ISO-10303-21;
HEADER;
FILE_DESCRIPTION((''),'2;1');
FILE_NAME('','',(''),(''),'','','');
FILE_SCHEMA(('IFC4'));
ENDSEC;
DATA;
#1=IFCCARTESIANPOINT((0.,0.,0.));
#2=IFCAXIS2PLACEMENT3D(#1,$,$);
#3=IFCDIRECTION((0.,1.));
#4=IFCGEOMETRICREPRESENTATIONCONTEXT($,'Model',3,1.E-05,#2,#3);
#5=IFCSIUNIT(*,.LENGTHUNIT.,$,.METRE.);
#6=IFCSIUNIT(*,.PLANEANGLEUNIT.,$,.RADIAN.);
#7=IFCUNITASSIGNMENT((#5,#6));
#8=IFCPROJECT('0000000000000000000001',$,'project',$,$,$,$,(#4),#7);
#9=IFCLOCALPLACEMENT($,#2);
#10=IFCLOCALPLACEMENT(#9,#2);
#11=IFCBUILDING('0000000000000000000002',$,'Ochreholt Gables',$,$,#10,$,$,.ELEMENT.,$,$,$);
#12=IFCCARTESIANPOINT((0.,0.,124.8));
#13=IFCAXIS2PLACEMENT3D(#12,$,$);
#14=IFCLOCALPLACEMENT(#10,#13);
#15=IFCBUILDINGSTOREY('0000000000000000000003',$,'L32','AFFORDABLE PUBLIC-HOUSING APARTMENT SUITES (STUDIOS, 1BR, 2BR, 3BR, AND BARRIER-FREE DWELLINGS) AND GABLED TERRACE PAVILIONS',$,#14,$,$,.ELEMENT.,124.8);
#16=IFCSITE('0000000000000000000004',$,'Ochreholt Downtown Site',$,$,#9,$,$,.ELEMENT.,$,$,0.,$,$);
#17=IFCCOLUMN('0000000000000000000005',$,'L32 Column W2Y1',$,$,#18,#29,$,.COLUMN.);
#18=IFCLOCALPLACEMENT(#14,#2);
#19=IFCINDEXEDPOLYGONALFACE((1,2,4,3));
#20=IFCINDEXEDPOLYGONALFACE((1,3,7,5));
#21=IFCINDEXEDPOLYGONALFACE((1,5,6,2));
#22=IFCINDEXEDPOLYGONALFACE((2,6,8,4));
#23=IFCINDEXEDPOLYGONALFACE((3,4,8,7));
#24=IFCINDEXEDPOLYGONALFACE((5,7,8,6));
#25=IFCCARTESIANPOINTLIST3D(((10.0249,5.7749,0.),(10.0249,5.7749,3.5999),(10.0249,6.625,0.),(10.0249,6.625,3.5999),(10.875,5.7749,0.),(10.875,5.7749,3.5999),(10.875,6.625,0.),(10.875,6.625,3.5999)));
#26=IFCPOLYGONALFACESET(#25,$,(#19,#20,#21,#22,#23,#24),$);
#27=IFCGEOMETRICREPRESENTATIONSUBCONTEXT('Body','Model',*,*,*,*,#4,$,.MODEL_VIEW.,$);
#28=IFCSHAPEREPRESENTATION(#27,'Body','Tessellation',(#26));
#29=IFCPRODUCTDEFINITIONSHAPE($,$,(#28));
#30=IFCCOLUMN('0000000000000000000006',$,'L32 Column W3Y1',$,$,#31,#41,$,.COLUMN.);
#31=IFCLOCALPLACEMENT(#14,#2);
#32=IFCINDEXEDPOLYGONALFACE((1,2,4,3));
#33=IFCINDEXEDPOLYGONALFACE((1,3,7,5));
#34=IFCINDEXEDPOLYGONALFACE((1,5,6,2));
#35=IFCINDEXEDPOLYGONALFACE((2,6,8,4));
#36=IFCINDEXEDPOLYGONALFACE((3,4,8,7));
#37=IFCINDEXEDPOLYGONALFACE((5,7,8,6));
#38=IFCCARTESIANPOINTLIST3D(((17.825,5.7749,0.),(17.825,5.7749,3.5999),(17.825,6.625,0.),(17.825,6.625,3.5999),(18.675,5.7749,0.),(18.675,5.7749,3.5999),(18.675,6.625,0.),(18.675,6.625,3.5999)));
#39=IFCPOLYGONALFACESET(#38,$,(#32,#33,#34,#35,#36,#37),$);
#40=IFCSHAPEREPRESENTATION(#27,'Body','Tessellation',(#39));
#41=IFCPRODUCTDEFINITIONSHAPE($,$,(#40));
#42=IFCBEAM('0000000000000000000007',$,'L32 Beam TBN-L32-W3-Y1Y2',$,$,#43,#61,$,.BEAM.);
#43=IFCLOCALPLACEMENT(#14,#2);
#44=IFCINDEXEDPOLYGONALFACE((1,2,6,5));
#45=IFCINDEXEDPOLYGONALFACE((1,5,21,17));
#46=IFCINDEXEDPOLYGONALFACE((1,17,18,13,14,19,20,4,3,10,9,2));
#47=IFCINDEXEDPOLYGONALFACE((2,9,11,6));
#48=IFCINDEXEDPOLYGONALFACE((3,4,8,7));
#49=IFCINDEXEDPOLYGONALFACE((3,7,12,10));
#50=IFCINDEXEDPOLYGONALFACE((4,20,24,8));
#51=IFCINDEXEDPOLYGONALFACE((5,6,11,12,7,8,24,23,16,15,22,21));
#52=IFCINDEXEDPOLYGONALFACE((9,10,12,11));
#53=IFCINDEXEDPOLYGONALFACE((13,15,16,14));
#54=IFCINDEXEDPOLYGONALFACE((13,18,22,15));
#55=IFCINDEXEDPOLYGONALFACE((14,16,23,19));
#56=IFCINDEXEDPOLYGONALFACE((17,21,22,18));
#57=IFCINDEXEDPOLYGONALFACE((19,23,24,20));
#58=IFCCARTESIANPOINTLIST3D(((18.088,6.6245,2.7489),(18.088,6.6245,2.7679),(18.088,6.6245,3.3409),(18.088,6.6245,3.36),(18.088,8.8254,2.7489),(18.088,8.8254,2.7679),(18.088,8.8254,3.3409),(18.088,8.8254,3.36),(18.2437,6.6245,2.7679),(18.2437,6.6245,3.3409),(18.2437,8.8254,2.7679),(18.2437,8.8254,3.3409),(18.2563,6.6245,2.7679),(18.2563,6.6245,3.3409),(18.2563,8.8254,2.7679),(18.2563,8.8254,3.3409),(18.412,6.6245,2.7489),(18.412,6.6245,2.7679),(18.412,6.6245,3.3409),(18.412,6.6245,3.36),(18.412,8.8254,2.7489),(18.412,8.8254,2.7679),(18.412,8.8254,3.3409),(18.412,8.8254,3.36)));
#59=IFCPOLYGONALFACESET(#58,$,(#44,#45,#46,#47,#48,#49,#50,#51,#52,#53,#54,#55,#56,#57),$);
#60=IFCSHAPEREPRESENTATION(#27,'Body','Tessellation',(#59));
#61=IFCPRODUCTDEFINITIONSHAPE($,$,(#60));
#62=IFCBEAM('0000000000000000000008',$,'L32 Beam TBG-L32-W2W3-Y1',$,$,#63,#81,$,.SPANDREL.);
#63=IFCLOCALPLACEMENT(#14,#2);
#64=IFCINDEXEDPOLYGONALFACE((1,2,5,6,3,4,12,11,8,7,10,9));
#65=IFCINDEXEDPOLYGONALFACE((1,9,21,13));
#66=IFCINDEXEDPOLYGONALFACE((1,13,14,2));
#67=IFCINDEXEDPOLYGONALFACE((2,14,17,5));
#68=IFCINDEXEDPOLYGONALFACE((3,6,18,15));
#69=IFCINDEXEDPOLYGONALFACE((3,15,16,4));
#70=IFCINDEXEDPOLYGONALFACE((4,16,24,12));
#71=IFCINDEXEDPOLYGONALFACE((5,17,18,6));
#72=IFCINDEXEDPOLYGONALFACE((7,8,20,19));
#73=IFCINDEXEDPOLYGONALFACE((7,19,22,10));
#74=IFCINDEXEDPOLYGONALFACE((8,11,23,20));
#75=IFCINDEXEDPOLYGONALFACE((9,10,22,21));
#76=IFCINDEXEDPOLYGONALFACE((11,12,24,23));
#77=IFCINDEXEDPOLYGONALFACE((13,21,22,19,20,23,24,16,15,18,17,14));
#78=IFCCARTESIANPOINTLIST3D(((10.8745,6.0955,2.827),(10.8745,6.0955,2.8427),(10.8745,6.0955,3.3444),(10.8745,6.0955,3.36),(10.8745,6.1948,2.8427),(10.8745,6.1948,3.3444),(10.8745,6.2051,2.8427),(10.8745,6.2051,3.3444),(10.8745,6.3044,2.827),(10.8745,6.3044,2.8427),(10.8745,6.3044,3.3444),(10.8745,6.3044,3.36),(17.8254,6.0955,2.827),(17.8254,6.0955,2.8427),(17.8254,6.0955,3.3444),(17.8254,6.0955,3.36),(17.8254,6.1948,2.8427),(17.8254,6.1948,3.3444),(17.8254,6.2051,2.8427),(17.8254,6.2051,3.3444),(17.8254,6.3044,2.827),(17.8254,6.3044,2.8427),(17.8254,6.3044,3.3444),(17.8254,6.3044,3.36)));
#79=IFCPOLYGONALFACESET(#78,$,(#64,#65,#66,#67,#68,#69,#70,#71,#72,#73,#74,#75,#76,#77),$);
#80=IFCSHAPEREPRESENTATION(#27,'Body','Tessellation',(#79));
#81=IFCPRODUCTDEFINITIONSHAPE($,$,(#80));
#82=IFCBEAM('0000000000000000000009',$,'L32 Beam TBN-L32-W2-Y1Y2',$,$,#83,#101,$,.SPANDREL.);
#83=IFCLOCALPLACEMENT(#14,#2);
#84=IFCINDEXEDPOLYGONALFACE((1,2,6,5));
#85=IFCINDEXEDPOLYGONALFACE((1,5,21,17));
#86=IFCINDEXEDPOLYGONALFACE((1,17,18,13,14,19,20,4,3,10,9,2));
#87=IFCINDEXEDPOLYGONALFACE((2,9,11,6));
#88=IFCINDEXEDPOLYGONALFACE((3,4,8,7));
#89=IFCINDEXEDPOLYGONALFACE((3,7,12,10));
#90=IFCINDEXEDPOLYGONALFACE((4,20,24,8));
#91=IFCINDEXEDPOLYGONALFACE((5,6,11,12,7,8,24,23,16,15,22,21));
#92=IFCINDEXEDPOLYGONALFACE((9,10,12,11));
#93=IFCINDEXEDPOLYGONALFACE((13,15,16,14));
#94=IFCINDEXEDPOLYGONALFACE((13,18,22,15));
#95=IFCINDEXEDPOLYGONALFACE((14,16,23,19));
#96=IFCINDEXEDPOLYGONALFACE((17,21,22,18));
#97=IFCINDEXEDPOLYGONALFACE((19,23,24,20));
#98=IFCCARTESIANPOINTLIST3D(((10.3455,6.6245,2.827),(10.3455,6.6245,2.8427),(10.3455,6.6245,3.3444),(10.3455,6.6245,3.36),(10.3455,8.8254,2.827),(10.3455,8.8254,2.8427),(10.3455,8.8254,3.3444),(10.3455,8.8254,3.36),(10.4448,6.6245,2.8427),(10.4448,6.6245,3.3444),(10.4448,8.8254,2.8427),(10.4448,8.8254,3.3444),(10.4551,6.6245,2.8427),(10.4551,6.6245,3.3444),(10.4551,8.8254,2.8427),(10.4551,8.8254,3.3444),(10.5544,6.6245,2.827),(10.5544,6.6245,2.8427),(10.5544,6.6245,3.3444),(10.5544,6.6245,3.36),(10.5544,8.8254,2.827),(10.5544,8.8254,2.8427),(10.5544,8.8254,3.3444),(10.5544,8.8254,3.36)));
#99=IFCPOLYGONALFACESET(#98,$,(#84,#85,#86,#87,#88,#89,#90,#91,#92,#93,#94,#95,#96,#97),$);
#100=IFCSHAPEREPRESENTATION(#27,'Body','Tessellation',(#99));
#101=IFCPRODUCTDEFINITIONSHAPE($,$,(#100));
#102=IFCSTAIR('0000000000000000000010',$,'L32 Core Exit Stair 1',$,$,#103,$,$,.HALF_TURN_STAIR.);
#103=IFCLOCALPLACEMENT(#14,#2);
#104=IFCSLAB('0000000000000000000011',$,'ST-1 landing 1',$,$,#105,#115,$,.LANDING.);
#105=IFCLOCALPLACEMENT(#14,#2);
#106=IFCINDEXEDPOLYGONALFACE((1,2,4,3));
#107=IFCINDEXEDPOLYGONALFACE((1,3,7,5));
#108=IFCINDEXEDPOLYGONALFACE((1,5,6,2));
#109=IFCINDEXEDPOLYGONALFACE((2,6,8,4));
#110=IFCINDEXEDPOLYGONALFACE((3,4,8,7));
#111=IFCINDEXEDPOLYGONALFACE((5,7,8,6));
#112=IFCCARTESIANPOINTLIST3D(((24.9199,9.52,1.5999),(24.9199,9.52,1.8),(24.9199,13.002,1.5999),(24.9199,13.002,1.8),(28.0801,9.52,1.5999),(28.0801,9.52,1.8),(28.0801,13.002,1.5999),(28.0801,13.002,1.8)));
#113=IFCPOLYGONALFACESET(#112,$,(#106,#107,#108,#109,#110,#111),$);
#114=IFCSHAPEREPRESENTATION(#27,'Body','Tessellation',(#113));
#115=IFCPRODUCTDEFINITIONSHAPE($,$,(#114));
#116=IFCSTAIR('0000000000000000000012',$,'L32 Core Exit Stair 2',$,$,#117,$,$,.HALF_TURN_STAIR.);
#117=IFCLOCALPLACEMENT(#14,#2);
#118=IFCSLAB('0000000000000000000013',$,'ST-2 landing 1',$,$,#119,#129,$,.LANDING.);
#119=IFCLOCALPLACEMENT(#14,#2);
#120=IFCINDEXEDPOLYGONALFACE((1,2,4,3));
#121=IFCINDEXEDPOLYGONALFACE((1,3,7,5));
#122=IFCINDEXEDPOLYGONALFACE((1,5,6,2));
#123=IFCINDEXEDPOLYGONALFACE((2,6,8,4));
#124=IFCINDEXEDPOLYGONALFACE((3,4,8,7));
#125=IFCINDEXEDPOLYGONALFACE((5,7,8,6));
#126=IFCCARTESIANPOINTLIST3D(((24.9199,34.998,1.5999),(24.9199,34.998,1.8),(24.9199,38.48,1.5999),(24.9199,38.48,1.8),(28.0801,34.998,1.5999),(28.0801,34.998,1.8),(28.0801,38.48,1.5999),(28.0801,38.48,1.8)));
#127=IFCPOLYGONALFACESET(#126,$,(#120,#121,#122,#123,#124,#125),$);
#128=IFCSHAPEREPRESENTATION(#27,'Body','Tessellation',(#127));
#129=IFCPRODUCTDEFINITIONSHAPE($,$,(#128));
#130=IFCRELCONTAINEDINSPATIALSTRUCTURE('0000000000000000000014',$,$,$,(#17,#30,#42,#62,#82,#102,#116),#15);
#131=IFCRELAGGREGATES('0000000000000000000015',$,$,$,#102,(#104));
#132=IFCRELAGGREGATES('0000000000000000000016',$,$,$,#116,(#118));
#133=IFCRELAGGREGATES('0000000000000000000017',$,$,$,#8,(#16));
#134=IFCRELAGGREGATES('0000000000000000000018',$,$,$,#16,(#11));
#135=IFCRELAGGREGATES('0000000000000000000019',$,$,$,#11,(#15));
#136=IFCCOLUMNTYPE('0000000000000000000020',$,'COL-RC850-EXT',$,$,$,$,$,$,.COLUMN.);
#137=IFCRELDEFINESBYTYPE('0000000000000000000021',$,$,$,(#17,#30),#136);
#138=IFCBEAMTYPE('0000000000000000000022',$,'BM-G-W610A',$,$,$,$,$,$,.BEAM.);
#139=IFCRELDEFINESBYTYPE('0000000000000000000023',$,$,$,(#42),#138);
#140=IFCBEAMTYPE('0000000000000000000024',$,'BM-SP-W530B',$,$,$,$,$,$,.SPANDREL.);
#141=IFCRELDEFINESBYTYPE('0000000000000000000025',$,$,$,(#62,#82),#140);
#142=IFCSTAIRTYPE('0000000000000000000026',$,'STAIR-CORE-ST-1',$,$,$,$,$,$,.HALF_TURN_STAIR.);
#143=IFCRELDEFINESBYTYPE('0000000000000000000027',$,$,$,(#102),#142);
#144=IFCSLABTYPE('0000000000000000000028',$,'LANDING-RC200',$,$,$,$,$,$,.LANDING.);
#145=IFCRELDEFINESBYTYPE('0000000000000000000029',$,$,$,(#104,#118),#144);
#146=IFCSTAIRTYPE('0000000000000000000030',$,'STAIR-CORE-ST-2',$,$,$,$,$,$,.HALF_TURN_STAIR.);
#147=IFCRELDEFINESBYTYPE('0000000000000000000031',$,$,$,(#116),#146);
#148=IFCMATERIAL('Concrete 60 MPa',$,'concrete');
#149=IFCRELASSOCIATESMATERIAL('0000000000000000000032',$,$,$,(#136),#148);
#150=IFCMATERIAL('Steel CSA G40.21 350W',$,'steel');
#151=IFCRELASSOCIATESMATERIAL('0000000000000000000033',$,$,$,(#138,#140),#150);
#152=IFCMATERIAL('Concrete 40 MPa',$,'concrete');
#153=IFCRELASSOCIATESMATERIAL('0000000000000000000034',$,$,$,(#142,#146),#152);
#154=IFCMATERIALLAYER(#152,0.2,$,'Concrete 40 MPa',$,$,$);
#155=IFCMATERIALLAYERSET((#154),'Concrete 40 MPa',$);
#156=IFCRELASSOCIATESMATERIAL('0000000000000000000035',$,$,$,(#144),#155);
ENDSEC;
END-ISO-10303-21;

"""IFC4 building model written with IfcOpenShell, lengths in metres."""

from ifc_helpers import new_model, si_unit, direction, frame, origin, origin_2d, place, context, subcontext, project, spatial, polyline, rectangle, i_section, outline, extrude, material, layer, layer_set, material_profile, profile_set, type_object, element, aggregate, save


model = new_model("IFC4")

# Units and contexts
model_context = context("Model", 3, precision=1e-05, world=origin(), true_north=direction((0.0, 1.0)))
body_context = subcontext(model_context, "Body", "Model", "MODEL_VIEW")
ifc_project = project(units=[si_unit("LENGTHUNIT", "METRE"), si_unit("PLANEANGLEUNIT", "RADIAN")], contexts=[model_context])

# Site, building, storey
site_placement = place(None, origin())
site = spatial("IfcSite", under=ifc_project, at=site_placement, Name="Ochreholt Downtown Site", CompositionType="ELEMENT", RefElevation=0.0)
building_placement = place(site_placement, origin())
building = spatial("IfcBuilding", under=site, at=building_placement, Name="Ochreholt Gables", CompositionType="ELEMENT")
storey_placement = place(building_placement, frame((0.0, 0.0, 124.8)))
storey = spatial("IfcBuildingStorey", under=building, at=storey_placement, Name="L32", Description="AFFORDABLE PUBLIC-HOUSING APARTMENT SUITES (STUDIOS, 1BR, 2BR, 3BR, AND BARRIER-FREE DWELLINGS) AND GABLED TERRACE PAVILIONS", CompositionType="ELEMENT", Elevation=124.8)

# Columns
ifc_material_1 = material(Name="Concrete 60 MPa", Category="concrete")
ifc_material_profile_1 = material_profile(ifc_material_1, rectangle(XDim=0.8501, YDim=0.8501, at=origin_2d()), Name="RC850X850")
ifc_profile_set_1 = profile_set([ifc_material_profile_1], Name="Concrete 60 MPa")
column_type = type_object("IfcColumnType", Name="COL-RC850-EXT", PredefinedType="COLUMN", material=ifc_profile_set_1)
for number, where, z_axis, x_axis, name in (
    (1, (10.45, 6.2, 0.0), (0.0, 0.0, 1.0), (1.0, 0.0, 0.0), "L32 Column W2Y1"),
    (2, (18.25, 6.2, 0.0), (0.0, 0.0, 1.0), (1.0, 0.0, 0.0), "L32 Column W3Y1"),
):
    element("IfcColumn", number, at=place(storey_placement, frame(where, z_axis=z_axis, x_axis=x_axis)), inside=storey, type_object=column_type, Name=name, PredefinedType="COLUMN", context=body_context, shape_type="SweptSolid", body=[
        extrude(rectangle(XDim=0.8501, YDim=0.8501, at=origin_2d()), origin(), (0.0, 0.0, 1.0), 3.5999),
    ])

# Beams
ifc_material_2 = material(Name="Steel CSA G40.21 350W", Category="steel")
ifc_material_profile_2 = material_profile(ifc_material_2, i_section(OverallWidth=0.324, OverallDepth=0.6111, WebThickness=0.0127, FlangeThickness=0.019, at=origin_2d()), Name="W610X155")
ifc_profile_set_2 = profile_set([ifc_material_profile_2], Name="Steel CSA G40.21 350W")
beam_type_1 = type_object("IfcBeamType", Name="BM-G-W610A", PredefinedType="BEAM", material=ifc_profile_set_2)
beam_1_placement = place(storey_placement, frame((18.25, 6.6245, 3.0544), z_axis=(0.0, 1.0, 0.0), x_axis=(-1.0, 0.0, 0.0)))
element("IfcBeam", 3, at=beam_1_placement, inside=storey, type_object=beam_type_1, Name="L32 Beam TBN-L32-W3-Y1Y2", PredefinedType="BEAM", context=body_context, shape_type="SweptSolid", body=[
    extrude(i_section(OverallWidth=0.324, OverallDepth=0.6111, WebThickness=0.0127, FlangeThickness=0.019, at=origin_2d()), origin(), (0.0, 0.0, 1.0), 2.2009),
])
ifc_material_profile_3 = material_profile(ifc_material_2, i_section(OverallWidth=0.209, OverallDepth=0.533, WebThickness=0.0103, FlangeThickness=0.0156, at=origin_2d()), Name="W530X92")
ifc_profile_set_3 = profile_set([ifc_material_profile_3], Name="Steel CSA G40.21 350W")
beam_type_2 = type_object("IfcBeamType", Name="BM-SP-W530B", PredefinedType="SPANDREL", material=ifc_profile_set_3)
beam_2_placement = place(storey_placement, frame((10.8745, 6.2, 3.0935), z_axis=(1.0, 0.0, 0.0), x_axis=(0.0, 1.0, 0.0)))
element("IfcBeam", 4, at=beam_2_placement, inside=storey, type_object=beam_type_2, Name="L32 Beam TBG-L32-W2W3-Y1", PredefinedType="SPANDREL", context=body_context, shape_type="SweptSolid", body=[
    extrude(i_section(OverallWidth=0.209, OverallDepth=0.533, WebThickness=0.0103, FlangeThickness=0.0156, at=origin_2d()), origin(), (0.0, 0.0, 1.0), 6.9509),
])
beam_3_placement = place(storey_placement, frame((10.45, 6.6245, 3.0935), z_axis=(0.0, 1.0, 0.0), x_axis=(-1.0, 0.0, 0.0)))
element("IfcBeam", 5, at=beam_3_placement, inside=storey, type_object=beam_type_2, Name="L32 Beam TBN-L32-W2-Y1Y2", PredefinedType="SPANDREL", context=body_context, shape_type="SweptSolid", body=[
    extrude(i_section(OverallWidth=0.209, OverallDepth=0.533, WebThickness=0.0103, FlangeThickness=0.0156, at=origin_2d()), origin(), (0.0, 0.0, 1.0), 2.2009),
])

# Stairs, slabs
ifc_material_3 = material(Name="Concrete 40 MPa", Category="concrete")
stair_type_1 = type_object("IfcStairType", Name="STAIR-CORE-ST-1", PredefinedType="HALF_TURN_STAIR", material=ifc_material_3)
stair_1_placement = place(storey_placement, origin())
stair_1 = element("IfcStair", 6, at=stair_1_placement, inside=storey, type_object=stair_type_1, Name="L32 Core Exit Stair 1", PredefinedType="HALF_TURN_STAIR")
ifc_layer_1 = layer(ifc_material_3, 0.2, Name="Concrete 40 MPa")
ifc_layer_set_1 = layer_set([ifc_layer_1], Name="Concrete 40 MPa")
slab_type_1 = type_object("IfcSlabType", Name="LANDING-RC200", PredefinedType="LANDING", material=ifc_layer_set_1)
slab_1_placement = place(storey_placement, frame((0.0, 0.0, 1.5999)))
slab_1 = element("IfcSlab", 7, at=slab_1_placement, type_object=slab_type_1, Name="ST-1 landing 1", PredefinedType="LANDING", context=body_context, shape_type="SweptSolid", body=[
    extrude(outline(polyline([(24.9199, 13.002), (24.9199, 9.52), (28.0801, 9.52), (28.0801, 13.002), (24.9199, 13.002)])), origin(), (0.0, 0.0, 1.0), 0.2002),
])
aggregate(stair_1, [slab_1])
stair_type_2 = type_object("IfcStairType", Name="STAIR-CORE-ST-2", PredefinedType="HALF_TURN_STAIR", material=ifc_material_3)
stair_2_placement = place(storey_placement, origin())
stair_2 = element("IfcStair", 8, at=stair_2_placement, inside=storey, type_object=stair_type_2, Name="L32 Core Exit Stair 2", PredefinedType="HALF_TURN_STAIR")
slab_2_placement = place(storey_placement, frame((0.0, 0.0, 1.5999)))
slab_2 = element("IfcSlab", 9, at=slab_2_placement, type_object=slab_type_1, Name="ST-2 landing 1", PredefinedType="LANDING", context=body_context, shape_type="SweptSolid", body=[
    extrude(outline(polyline([(28.0801, 34.998), (28.0801, 38.48), (24.9199, 38.48), (24.9199, 34.998), (28.0801, 34.998)])), origin(), (0.0, 0.0, 1.0), 0.2002),
])
aggregate(stair_2, [slab_2])

save(model, "model.ifc")
